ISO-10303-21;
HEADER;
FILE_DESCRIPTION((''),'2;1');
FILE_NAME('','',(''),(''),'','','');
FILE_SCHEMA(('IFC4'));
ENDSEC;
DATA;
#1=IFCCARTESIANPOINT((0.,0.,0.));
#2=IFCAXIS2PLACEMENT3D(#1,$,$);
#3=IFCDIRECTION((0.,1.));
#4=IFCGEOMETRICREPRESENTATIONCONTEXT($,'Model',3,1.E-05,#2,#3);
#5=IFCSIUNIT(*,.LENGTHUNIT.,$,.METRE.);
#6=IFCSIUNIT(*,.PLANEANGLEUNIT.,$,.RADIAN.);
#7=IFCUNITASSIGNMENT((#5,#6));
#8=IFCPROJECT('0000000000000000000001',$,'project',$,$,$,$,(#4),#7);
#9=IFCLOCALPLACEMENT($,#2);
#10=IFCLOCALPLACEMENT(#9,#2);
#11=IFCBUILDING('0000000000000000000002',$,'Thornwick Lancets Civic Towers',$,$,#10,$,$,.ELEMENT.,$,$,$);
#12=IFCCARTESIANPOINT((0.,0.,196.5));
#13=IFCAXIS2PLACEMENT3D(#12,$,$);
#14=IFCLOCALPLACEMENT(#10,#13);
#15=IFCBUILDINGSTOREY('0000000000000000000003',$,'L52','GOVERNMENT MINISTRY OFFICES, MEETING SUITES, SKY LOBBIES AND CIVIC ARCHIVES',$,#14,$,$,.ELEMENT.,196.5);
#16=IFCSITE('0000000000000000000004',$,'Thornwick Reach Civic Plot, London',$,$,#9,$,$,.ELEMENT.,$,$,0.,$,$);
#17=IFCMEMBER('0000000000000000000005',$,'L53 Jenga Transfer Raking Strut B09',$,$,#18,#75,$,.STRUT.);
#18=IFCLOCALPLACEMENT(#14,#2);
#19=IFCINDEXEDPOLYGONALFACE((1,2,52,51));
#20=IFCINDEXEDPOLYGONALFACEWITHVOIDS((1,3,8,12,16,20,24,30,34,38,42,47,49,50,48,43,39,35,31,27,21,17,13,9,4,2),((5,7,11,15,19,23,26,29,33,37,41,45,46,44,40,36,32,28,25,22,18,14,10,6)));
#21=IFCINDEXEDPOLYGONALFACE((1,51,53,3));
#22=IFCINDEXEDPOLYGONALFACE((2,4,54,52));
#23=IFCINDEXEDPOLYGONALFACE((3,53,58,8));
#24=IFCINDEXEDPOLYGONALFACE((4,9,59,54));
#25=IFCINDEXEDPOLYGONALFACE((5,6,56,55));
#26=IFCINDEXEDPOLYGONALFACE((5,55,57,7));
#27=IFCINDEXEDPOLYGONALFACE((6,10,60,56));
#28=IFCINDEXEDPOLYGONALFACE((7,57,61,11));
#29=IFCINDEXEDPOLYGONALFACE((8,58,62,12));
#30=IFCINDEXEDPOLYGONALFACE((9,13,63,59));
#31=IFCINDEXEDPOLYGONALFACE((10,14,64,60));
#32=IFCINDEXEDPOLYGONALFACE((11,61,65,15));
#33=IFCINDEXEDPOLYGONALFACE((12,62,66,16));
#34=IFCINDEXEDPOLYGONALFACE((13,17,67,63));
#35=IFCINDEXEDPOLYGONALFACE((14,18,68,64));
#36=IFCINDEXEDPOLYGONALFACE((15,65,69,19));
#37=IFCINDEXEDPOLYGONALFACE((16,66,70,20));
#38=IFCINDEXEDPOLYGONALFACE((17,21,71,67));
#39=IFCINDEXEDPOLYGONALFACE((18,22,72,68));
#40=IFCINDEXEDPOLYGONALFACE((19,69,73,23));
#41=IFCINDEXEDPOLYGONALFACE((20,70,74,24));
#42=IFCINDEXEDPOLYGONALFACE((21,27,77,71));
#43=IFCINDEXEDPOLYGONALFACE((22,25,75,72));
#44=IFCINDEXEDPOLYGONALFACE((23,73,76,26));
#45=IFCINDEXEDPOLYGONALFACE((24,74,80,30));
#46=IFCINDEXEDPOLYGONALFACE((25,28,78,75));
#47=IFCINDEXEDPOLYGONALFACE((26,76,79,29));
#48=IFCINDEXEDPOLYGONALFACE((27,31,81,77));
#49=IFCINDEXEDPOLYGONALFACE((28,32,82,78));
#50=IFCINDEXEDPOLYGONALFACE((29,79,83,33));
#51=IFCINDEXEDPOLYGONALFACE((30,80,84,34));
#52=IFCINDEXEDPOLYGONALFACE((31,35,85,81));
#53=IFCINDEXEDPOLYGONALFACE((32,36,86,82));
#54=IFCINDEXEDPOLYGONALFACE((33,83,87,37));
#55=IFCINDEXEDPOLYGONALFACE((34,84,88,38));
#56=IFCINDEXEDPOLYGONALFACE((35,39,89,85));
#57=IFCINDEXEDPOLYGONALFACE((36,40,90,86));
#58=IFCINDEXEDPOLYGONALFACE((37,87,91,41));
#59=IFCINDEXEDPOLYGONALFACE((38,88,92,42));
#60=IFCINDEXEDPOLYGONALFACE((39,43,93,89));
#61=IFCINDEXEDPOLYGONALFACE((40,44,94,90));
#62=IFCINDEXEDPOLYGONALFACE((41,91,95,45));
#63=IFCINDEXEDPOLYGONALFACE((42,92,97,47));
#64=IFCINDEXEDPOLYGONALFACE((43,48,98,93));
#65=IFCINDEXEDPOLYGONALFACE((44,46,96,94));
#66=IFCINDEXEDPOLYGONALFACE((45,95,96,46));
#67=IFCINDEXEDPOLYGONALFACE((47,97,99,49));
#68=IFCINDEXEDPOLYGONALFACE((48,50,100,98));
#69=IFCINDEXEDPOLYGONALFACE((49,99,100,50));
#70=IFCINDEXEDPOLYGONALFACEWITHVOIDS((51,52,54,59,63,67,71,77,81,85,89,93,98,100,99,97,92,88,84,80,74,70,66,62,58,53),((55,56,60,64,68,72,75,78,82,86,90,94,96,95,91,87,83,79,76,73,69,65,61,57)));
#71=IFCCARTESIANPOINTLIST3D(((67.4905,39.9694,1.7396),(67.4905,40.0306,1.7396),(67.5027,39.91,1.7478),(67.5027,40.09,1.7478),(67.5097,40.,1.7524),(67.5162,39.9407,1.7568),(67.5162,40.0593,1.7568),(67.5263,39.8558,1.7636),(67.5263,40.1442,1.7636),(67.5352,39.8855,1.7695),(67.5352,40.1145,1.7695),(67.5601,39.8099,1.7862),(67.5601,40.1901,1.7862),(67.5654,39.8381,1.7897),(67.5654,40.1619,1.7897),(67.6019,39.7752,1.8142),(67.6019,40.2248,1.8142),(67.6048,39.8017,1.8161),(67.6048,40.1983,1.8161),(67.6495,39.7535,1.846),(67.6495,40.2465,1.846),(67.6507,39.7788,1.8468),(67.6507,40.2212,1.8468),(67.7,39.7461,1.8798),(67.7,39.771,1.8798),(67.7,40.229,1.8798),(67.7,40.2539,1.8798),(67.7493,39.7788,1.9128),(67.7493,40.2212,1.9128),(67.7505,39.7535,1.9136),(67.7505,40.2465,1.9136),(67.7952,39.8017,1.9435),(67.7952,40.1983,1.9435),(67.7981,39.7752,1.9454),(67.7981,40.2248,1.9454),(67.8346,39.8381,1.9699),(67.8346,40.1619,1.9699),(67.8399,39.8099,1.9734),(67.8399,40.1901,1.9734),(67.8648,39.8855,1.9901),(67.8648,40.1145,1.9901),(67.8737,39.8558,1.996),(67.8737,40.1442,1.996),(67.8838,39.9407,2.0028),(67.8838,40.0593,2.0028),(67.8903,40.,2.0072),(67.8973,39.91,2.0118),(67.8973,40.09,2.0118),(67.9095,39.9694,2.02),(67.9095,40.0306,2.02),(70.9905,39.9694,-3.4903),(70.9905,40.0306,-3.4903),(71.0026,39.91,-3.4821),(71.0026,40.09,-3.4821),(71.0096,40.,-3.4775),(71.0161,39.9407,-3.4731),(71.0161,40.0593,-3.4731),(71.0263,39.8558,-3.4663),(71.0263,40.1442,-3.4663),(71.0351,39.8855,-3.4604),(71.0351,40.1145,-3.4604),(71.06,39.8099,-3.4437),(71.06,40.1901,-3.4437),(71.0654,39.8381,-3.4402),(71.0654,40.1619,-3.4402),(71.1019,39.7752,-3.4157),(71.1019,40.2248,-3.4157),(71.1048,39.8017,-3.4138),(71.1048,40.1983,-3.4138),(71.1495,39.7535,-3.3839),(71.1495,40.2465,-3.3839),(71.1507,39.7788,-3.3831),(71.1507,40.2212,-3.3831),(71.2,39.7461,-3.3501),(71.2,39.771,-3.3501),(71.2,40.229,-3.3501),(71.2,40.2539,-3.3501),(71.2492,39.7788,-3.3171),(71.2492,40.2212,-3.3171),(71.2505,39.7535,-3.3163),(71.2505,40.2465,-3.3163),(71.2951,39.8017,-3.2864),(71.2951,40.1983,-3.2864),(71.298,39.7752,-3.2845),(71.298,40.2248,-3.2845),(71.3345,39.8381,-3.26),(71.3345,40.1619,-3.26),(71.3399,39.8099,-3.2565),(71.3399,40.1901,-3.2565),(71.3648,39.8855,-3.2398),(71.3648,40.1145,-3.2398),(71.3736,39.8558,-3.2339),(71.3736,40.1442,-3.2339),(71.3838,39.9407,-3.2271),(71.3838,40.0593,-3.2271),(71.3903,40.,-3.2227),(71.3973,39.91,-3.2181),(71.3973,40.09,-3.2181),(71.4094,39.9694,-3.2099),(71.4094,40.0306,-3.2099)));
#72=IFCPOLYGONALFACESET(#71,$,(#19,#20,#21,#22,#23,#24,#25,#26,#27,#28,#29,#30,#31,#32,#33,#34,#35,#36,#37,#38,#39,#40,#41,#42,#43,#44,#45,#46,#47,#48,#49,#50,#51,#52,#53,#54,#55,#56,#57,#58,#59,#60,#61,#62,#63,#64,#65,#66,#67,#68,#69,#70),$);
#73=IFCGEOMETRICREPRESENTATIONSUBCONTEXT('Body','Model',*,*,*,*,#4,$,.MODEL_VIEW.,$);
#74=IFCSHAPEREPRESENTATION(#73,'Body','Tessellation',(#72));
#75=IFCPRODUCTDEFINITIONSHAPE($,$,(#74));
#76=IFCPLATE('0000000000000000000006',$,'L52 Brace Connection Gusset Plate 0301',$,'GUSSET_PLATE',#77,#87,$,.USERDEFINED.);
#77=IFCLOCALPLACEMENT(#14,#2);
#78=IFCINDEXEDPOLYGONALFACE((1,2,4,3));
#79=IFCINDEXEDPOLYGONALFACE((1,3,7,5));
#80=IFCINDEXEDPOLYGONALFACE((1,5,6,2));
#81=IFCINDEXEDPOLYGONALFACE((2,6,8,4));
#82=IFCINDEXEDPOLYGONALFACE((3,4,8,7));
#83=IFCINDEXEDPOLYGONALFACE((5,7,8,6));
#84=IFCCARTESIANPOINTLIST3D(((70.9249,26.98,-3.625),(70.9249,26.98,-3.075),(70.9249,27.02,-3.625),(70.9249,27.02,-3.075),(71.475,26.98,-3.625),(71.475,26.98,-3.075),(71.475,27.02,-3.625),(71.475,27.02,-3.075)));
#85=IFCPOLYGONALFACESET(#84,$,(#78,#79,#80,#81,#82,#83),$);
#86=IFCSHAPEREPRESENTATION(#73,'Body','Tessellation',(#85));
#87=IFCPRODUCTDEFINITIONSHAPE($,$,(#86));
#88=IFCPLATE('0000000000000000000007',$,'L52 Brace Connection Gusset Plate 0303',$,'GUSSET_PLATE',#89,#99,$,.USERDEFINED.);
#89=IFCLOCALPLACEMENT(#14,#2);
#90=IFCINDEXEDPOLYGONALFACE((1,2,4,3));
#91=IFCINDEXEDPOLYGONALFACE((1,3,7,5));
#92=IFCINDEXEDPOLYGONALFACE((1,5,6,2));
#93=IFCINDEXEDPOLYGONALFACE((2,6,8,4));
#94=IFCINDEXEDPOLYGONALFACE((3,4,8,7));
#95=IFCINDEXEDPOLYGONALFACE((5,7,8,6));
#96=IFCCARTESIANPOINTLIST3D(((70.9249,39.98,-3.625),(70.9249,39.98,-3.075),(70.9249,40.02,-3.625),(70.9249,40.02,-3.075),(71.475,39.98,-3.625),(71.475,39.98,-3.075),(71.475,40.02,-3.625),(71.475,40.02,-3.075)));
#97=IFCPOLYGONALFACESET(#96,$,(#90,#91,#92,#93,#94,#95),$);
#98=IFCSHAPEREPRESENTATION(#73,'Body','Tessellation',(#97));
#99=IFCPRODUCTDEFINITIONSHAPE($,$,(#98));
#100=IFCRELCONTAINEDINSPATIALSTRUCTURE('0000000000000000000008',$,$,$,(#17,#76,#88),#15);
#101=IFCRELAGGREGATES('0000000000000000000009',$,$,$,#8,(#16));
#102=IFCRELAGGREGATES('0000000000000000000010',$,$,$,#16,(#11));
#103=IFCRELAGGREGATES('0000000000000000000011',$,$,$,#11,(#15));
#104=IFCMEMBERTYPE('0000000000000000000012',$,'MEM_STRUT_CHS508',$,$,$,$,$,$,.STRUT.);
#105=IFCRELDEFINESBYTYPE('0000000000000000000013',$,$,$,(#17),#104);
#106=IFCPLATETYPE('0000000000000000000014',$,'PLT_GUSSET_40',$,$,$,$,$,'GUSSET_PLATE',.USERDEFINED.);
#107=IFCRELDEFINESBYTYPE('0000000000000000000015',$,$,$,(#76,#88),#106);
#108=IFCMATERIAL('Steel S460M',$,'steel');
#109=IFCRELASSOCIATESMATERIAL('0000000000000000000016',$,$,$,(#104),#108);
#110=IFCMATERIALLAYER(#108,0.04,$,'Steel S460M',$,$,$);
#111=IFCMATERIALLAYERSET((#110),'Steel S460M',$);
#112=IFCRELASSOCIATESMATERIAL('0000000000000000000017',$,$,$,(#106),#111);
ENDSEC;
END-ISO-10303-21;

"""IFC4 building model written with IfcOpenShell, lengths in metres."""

from ifc_helpers import new_model, si_unit, direction, frame, origin, origin_2d, place, context, subcontext, project, spatial, rectangle, hollow_circle, extrude, material, layer, layer_set, material_profile, profile_set, type_object, element, save


model = new_model("IFC4")

# Units and contexts
model_context = context("Model", 3, precision=1e-05, world=origin(), true_north=direction((0.0, 1.0)))
body_context = subcontext(model_context, "Body", "Model", "MODEL_VIEW")
ifc_project = project(units=[si_unit("LENGTHUNIT", "METRE"), si_unit("PLANEANGLEUNIT", "RADIAN")], contexts=[model_context])

# Site, building, storey
site_placement = place(None, origin())
site = spatial("IfcSite", under=ifc_project, at=site_placement, Name="Thornwick Reach Civic Plot, London", CompositionType="ELEMENT", RefElevation=0.0)
building_placement = place(site_placement, origin())
building = spatial("IfcBuilding", under=site, at=building_placement, Name="Thornwick Lancets Civic Towers", CompositionType="ELEMENT")
storey_placement = place(building_placement, frame((0.0, 0.0, 196.5)))
storey = spatial("IfcBuildingStorey", under=building, at=storey_placement, Name="L52", Description="GOVERNMENT MINISTRY OFFICES, MEETING SUITES, SKY LOBBIES AND CIVIC ARCHIVES", CompositionType="ELEMENT", Elevation=196.5)

# Shared definitions
ifc_material_1 = material(Name="Steel S460M", Category="steel")

# Member
ifc_material_profile_1 = material_profile(ifc_material_1, hollow_circle(Radius=0.2539, WallThickness=0.0249, at=origin_2d()), Name="CHS 508x25")
ifc_profile_set_1 = profile_set([ifc_material_profile_1], Name="Steel S460M")
member_type = type_object("IfcMemberType", Name="MEM_STRUT_CHS508", PredefinedType="STRUT", material=ifc_profile_set_1)
for number, where, z_axis, x_axis, name in (
    (1, (71.2, 40.0, -3.3501), (-0.556168, 0.0, 0.83107), (0.0, -1.0, 0.0), "L53 Jenga Transfer Raking Strut B09"),
):
    element("IfcMember", number, at=place(storey_placement, frame(where, z_axis=z_axis, x_axis=x_axis)), inside=storey, type_object=member_type, Name=name, PredefinedType="STRUT", context=body_context, shape_type="SweptSolid", body=[
        extrude(hollow_circle(Radius=0.2539, WallThickness=0.0249, at=origin_2d()), origin(), (0.0, 0.0, 1.0), 6.293),
    ])

# Plates
ifc_layer = layer(ifc_material_1, 0.04, Name="Steel S460M")
ifc_layer_set = layer_set([ifc_layer], Name="Steel S460M")
plate_type = type_object("IfcPlateType", Name="PLT_GUSSET_40", ElementType="GUSSET_PLATE", PredefinedType="USERDEFINED", material=ifc_layer_set)
for number, where, z_axis, x_axis, name in (
    (2, (71.2, 27.0, -3.625), (0.0, 0.0, 1.0), (-1.0, 0.0, 0.0), "L52 Brace Connection Gusset Plate 0301"),
    (3, (71.2, 40.0, -3.625), (0.0, 0.0, 1.0), (-1.0, 0.0, 0.0), "L52 Brace Connection Gusset Plate 0303"),
):
    element("IfcPlate", number, at=place(storey_placement, frame(where, z_axis=z_axis, x_axis=x_axis)), inside=storey, type_object=plate_type, Name=name, ObjectType="GUSSET_PLATE", PredefinedType="USERDEFINED", context=body_context, shape_type="SweptSolid", body=[
        extrude(rectangle(XDim=0.55, YDim=0.04, at=origin_2d()), origin(), (0.0, 0.0, 1.0), 0.55),
    ])

save(model, "model.ifc")
